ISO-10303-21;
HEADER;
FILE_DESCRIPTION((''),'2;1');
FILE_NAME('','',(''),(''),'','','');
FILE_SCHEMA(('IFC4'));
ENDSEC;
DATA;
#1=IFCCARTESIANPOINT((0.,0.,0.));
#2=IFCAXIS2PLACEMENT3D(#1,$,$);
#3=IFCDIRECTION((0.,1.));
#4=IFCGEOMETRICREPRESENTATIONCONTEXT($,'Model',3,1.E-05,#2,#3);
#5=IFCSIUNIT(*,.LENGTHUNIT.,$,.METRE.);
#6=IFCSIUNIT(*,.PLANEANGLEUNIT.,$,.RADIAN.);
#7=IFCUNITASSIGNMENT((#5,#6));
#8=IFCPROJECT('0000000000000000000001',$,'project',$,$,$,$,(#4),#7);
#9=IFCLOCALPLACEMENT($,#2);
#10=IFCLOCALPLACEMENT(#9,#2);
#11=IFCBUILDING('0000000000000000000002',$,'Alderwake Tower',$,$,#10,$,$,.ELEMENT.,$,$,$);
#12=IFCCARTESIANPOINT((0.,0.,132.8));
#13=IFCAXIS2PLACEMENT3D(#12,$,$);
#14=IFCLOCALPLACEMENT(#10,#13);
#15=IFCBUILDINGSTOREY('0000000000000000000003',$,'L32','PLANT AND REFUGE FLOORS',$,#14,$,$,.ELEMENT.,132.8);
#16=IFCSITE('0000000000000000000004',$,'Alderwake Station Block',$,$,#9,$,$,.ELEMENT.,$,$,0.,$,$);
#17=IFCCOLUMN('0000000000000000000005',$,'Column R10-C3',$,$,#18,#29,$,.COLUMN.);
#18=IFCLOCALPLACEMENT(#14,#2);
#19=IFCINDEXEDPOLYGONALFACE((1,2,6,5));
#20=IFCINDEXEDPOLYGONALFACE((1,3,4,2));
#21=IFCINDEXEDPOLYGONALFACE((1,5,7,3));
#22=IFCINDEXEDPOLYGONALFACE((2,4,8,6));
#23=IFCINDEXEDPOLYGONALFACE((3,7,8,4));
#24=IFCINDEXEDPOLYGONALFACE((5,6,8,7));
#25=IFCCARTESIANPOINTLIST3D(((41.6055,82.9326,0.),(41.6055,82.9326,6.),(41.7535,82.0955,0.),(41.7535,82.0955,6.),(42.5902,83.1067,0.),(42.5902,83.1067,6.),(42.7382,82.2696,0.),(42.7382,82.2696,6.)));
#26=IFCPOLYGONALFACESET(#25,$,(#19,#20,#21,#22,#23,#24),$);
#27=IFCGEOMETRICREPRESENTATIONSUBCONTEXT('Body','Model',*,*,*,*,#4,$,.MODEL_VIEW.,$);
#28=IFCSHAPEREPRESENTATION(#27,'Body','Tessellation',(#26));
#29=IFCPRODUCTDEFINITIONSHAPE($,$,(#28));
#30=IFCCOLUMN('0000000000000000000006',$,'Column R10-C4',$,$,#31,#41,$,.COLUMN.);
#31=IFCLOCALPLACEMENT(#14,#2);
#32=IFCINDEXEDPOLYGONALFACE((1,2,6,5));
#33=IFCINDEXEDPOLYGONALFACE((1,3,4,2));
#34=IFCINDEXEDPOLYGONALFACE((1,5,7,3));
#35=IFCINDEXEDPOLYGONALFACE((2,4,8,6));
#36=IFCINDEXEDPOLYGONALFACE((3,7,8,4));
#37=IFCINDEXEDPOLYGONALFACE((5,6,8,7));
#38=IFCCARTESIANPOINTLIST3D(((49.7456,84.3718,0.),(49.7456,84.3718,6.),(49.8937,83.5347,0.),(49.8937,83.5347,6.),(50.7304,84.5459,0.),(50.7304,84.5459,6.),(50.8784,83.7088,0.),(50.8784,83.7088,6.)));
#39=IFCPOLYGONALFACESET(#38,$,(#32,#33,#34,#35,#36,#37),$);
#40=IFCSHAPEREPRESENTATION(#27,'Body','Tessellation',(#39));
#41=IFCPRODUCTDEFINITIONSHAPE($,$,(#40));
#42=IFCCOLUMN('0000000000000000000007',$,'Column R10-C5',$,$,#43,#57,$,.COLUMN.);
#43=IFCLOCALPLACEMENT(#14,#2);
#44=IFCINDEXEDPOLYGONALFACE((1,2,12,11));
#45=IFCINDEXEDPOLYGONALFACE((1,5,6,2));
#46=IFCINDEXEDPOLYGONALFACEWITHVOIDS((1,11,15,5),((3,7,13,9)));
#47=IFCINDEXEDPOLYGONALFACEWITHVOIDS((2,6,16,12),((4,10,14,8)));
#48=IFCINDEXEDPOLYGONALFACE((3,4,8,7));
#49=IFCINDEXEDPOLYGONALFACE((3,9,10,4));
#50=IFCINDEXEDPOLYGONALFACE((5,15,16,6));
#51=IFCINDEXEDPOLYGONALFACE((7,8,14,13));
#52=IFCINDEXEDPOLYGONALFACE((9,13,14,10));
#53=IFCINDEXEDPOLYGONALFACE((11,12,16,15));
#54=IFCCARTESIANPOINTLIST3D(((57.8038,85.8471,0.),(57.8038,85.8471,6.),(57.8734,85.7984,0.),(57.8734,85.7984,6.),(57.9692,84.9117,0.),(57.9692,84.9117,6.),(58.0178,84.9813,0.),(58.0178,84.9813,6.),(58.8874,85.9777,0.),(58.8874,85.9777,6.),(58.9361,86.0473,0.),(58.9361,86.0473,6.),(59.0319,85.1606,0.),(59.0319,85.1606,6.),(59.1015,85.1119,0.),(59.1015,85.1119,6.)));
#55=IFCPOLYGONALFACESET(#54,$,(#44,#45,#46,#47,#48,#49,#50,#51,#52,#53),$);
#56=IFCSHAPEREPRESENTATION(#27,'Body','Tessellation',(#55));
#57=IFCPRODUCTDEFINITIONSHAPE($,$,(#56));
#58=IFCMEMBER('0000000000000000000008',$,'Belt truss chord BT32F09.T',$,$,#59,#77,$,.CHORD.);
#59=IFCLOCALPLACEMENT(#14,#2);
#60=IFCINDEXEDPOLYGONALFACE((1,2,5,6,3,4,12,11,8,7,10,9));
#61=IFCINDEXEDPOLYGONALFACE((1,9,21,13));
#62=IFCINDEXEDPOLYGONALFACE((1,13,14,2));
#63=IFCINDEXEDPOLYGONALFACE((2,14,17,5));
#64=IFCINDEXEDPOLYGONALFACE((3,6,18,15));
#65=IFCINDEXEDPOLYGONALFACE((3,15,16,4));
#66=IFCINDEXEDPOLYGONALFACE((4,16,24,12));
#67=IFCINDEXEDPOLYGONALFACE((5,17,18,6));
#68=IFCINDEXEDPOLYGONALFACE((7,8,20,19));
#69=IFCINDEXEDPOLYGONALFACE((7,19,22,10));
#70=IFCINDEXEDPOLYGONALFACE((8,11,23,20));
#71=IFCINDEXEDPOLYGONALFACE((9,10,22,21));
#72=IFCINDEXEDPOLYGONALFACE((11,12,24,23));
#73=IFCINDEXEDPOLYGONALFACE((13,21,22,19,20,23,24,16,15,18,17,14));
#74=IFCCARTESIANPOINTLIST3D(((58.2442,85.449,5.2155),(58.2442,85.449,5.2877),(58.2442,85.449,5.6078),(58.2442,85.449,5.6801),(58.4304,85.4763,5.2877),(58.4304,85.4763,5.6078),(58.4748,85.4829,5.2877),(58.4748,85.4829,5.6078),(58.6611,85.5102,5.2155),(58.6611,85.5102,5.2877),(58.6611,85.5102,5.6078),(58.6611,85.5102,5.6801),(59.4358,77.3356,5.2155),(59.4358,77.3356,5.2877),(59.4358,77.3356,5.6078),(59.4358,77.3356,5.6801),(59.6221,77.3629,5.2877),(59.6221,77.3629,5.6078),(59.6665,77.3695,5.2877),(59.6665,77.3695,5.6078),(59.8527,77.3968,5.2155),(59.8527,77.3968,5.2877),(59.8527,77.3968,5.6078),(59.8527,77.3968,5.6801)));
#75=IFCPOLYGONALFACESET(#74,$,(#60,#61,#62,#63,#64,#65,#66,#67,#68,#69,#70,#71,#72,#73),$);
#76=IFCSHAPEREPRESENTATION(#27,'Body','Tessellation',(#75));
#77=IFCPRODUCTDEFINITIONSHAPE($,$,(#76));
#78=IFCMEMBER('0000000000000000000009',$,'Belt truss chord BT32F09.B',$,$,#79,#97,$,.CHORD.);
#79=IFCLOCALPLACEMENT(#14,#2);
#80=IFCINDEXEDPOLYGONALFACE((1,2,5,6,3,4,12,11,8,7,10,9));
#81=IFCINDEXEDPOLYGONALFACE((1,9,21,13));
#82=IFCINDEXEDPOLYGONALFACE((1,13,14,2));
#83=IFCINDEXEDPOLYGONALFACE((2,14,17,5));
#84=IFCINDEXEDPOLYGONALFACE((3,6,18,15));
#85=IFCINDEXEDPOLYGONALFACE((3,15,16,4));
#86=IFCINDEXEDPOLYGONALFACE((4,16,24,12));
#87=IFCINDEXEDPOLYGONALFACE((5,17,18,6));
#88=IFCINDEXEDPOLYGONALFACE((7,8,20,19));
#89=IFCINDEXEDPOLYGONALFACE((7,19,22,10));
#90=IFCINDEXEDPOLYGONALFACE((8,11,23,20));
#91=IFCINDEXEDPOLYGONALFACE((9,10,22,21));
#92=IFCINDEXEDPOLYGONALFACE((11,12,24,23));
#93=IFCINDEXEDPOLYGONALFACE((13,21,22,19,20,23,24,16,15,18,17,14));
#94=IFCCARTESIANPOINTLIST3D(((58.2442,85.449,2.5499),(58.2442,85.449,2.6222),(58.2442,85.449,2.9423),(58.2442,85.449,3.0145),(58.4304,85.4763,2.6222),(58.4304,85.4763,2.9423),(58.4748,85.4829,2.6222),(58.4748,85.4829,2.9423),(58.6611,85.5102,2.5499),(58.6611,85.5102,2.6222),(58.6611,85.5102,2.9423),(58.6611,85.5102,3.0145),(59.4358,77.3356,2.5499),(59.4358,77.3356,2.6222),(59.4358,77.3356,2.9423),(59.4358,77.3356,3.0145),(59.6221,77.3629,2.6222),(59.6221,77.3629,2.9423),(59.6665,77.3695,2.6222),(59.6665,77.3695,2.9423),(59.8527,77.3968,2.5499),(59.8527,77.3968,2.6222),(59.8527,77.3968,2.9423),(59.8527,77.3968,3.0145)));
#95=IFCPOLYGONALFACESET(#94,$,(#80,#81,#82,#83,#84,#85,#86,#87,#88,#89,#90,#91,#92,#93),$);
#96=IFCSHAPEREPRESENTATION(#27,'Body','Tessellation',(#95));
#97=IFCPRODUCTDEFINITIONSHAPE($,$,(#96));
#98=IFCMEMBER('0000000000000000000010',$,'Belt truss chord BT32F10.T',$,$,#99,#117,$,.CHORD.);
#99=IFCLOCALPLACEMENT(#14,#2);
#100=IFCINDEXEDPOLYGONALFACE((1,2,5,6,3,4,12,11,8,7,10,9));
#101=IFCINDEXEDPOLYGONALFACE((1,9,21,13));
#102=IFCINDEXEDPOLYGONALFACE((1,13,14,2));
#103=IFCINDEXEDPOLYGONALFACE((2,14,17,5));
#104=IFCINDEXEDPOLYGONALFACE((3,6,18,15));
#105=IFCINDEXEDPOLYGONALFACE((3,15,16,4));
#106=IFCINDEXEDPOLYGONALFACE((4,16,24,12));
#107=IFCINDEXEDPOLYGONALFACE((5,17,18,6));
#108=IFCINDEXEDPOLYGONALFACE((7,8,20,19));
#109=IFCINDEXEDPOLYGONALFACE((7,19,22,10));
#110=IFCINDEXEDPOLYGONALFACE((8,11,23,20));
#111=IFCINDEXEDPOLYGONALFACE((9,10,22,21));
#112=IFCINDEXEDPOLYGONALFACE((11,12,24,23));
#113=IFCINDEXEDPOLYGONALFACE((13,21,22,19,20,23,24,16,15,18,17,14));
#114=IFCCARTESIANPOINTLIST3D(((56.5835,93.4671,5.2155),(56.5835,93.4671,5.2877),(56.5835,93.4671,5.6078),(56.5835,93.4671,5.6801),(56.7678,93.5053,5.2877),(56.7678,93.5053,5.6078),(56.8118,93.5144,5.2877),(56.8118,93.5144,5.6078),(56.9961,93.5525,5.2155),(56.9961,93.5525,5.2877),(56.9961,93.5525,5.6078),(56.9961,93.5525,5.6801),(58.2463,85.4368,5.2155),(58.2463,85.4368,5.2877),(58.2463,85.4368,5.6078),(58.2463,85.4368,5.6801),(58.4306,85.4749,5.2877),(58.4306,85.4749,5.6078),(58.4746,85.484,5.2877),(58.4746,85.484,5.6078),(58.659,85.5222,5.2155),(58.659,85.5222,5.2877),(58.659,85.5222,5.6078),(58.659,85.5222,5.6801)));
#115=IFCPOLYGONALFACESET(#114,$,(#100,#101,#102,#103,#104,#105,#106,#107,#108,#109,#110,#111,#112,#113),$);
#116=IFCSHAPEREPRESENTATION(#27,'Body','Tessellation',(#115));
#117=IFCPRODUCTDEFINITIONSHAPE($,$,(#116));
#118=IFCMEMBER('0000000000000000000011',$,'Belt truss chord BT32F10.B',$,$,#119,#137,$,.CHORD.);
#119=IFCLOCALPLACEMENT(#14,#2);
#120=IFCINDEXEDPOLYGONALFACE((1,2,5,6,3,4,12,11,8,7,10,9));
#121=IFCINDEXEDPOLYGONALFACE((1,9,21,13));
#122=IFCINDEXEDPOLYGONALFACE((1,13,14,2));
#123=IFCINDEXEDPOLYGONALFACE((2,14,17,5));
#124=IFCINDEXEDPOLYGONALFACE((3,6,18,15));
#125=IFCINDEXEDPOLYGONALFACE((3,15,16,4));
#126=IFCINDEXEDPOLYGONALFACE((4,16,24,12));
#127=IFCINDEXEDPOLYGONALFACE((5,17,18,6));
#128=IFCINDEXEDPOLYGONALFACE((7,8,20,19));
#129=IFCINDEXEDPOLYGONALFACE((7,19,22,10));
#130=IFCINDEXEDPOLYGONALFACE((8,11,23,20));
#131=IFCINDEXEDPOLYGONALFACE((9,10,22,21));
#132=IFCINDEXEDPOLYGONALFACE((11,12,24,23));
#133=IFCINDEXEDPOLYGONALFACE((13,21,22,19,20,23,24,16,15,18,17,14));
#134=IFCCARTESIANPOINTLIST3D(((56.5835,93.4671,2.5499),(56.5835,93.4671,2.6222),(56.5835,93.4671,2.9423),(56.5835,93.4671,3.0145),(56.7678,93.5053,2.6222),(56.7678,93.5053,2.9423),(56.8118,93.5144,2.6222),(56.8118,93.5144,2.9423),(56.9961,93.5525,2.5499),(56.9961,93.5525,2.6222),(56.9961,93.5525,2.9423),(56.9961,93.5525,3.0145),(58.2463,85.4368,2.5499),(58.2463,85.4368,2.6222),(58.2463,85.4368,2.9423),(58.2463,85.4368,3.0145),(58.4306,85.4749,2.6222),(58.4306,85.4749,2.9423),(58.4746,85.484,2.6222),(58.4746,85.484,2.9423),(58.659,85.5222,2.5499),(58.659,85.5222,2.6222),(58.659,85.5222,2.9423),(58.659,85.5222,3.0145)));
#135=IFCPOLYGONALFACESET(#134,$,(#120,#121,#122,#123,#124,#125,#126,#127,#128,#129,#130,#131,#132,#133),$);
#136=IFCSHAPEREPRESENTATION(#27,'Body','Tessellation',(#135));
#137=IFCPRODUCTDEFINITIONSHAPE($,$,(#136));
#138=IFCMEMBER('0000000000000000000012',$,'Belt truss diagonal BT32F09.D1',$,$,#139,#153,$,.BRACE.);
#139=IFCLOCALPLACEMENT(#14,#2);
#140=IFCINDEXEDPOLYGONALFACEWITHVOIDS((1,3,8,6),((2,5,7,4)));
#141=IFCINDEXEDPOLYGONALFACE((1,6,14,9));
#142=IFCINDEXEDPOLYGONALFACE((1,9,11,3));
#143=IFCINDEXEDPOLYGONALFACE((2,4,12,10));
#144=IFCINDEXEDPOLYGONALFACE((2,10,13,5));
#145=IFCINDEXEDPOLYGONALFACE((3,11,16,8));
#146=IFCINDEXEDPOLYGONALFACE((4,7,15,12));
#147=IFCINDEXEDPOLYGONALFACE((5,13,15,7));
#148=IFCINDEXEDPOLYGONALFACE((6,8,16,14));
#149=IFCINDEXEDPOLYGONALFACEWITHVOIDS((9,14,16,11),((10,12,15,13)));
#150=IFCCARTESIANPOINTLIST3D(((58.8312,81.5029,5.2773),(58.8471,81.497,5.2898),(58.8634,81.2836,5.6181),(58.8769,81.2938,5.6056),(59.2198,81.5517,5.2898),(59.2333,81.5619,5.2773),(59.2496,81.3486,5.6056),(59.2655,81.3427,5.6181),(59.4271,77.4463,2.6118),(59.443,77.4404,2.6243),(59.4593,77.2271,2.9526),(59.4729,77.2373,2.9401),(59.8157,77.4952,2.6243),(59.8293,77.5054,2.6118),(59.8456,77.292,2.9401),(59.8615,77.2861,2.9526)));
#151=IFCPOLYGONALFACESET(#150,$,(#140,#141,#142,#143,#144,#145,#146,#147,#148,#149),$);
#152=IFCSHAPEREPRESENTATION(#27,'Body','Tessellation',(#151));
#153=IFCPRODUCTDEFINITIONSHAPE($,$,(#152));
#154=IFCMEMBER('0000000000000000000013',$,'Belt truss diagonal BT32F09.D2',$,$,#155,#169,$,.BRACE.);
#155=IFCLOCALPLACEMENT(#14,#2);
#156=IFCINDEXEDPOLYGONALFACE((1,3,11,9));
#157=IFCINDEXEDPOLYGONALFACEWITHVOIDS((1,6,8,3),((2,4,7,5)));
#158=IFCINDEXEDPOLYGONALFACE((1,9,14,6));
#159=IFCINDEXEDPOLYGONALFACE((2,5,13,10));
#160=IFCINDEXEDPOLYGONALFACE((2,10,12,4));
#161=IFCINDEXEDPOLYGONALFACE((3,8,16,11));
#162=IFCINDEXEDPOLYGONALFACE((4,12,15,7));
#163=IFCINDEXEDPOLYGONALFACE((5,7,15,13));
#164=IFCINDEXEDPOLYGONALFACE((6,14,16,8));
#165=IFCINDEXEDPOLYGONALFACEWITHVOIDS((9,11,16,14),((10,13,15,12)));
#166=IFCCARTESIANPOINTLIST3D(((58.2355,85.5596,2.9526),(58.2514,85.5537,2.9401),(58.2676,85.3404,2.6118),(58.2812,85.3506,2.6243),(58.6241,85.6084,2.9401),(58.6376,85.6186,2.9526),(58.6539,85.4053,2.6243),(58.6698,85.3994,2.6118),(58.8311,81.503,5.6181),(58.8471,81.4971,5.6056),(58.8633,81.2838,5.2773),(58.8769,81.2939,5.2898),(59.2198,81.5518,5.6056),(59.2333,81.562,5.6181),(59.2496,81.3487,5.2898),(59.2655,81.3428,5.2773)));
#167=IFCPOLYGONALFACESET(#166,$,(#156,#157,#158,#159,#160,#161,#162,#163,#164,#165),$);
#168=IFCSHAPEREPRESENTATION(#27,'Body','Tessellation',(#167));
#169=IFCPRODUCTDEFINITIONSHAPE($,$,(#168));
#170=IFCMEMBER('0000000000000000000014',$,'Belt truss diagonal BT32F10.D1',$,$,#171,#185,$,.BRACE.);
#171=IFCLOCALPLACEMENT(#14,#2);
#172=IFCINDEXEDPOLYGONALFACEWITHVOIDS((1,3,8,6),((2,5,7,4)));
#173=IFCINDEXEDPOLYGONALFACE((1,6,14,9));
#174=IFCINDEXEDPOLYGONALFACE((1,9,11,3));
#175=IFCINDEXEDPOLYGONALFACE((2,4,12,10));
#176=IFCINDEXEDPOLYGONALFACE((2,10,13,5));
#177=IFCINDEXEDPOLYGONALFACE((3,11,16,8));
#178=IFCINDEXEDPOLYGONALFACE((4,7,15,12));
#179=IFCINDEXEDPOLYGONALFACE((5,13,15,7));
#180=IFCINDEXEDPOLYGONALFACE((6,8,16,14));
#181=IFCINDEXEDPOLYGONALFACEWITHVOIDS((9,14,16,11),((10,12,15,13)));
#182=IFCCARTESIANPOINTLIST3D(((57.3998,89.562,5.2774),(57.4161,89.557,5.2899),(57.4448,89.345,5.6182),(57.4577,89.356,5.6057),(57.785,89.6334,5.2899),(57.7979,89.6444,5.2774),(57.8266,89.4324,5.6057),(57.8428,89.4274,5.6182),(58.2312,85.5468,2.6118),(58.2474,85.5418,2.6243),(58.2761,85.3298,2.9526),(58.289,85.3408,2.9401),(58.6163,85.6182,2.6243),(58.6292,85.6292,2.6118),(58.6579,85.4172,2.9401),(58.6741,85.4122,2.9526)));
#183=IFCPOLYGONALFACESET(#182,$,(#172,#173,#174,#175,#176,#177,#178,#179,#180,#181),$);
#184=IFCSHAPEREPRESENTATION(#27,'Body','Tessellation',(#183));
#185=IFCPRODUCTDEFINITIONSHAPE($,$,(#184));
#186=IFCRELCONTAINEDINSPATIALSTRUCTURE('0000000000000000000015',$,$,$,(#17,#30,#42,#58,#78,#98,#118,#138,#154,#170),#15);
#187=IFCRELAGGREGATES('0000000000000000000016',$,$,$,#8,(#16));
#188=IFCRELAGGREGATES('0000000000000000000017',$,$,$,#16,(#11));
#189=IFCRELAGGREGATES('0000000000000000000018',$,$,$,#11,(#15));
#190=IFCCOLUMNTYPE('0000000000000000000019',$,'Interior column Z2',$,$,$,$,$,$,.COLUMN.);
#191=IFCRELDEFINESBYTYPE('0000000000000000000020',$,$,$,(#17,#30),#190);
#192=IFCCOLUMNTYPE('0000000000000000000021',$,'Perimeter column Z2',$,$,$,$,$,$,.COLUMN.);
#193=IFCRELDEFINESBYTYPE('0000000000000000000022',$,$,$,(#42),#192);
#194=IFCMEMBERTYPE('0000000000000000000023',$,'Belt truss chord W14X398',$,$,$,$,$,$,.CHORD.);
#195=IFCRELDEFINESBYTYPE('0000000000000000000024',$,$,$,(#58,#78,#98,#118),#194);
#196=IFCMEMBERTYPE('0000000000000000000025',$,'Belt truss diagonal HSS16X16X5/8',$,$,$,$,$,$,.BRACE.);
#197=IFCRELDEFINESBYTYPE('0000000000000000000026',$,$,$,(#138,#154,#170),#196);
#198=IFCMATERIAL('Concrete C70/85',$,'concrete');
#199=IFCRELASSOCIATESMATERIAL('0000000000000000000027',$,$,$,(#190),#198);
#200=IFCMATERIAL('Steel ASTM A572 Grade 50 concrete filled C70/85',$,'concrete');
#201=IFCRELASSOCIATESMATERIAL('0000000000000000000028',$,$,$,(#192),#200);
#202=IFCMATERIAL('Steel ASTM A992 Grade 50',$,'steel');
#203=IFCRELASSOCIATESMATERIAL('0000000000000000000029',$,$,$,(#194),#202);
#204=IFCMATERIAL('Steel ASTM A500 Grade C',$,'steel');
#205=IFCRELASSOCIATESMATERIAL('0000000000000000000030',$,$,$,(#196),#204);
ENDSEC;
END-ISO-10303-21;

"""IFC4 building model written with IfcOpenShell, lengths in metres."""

from ifc_helpers import new_model, si_unit, direction, frame, origin, origin_2d, place, context, subcontext, project, spatial, rectangle, hollow_rectangle, i_section, extrude, material, material_profile, profile_set, type_object, element, save


model = new_model("IFC4")

# Units and contexts
model_context = context("Model", 3, precision=1e-05, world=origin(), true_north=direction((0.0, 1.0)))
body_context = subcontext(model_context, "Body", "Model", "MODEL_VIEW")
ifc_project = project(units=[si_unit("LENGTHUNIT", "METRE"), si_unit("PLANEANGLEUNIT", "RADIAN")], contexts=[model_context])

# Site, building, storey
site_placement = place(None, origin())
site = spatial("IfcSite", under=ifc_project, at=site_placement, Name="Alderwake Station Block", CompositionType="ELEMENT", RefElevation=0.0)
building_placement = place(site_placement, origin())
building = spatial("IfcBuilding", under=site, at=building_placement, Name="Alderwake Tower", CompositionType="ELEMENT")
storey_placement = place(building_placement, frame((0.0, 0.0, 132.8)))
storey = spatial("IfcBuildingStorey", under=building, at=storey_placement, Name="L32", Description="PLANT AND REFUGE FLOORS", CompositionType="ELEMENT", Elevation=132.8)

# Columns
ifc_material_1 = material(Name="Concrete C70/85", Category="concrete")
ifc_material_profile_1 = material_profile(ifc_material_1, rectangle(XDim=0.8501, YDim=1.0, at=origin_2d()), Name="RC 1000X850")
ifc_profile_set_1 = profile_set([ifc_material_profile_1], Name="Concrete C70/85")
column_type_1 = type_object("IfcColumnType", Name="Interior column Z2", PredefinedType="COLUMN", material=ifc_profile_set_1)
for number, where, z_axis, x_axis, name in (
    (1, (42.1719, 82.6011, 0.0), (0.0, 0.0, 1.0), (-0.174107, 0.984727, 0.0), "Column R10-C3"),
    (2, (50.312, 84.0403, 0.0), (0.0, 0.0, 1.0), (-0.174109, 0.984726, 0.0), "Column R10-C4"),
):
    element("IfcColumn", number, at=place(storey_placement, frame(where, z_axis=z_axis, x_axis=x_axis)), inside=storey, type_object=column_type_1, Name=name, PredefinedType="COLUMN", context=body_context, shape_type="SweptSolid", body=[
        extrude(rectangle(XDim=0.8501, YDim=1.0, at=origin_2d()), origin(), (0.0, 0.0, 1.0), 6.0),
    ])
ifc_material_2 = material(Name="Steel ASTM A572 Grade 50 concrete filled C70/85", Category="concrete")
ifc_material_profile_2 = material_profile(ifc_material_2, hollow_rectangle(XDim=0.95, YDim=1.1499, WallThickness=0.0601, at=origin_2d()), Name="BOX 1150X950X60")
ifc_profile_set_2 = profile_set([ifc_material_profile_2], Name="Steel ASTM A572 Grade 50 concrete filled C70/85")
column_type_2 = type_object("IfcColumnType", Name="Perimeter column Z2", PredefinedType="COLUMN", material=ifc_profile_set_2)
column_placement = place(storey_placement, frame((58.4526, 85.4795, 0.0), z_axis=(0.0, 0.0, 1.0), x_axis=(-0.174109, 0.984726, 0.0)))
element("IfcColumn", 3, at=column_placement, inside=storey, type_object=column_type_2, Name="Column R10-C5", PredefinedType="COLUMN", context=body_context, shape_type="SweptSolid", body=[
    extrude(hollow_rectangle(XDim=0.95, YDim=1.1499, WallThickness=0.0601, at=origin_2d()), origin(), (0.0, 0.0, 1.0), 6.0),
])

# Members
ifc_material_3 = material(Name="Steel ASTM A992 Grade 50", Category="steel")
ifc_material_profile_3 = material_profile(ifc_material_3, i_section(OverallWidth=0.4214, OverallDepth=0.4646, WebThickness=0.0449, FlangeThickness=0.0723, at=origin_2d()), Name="W14X398")
ifc_profile_set_3 = profile_set([ifc_material_profile_3], Name="Steel ASTM A992 Grade 50")
member_type_1 = type_object("IfcMemberType", Name="Belt truss chord W14X398", PredefinedType="CHORD", material=ifc_profile_set_3)
for number, where, z_axis, x_axis, name in (
    (4, (59.6443, 77.3662, 5.4478), (-0.145317, 0.989385, 0.0), (-0.989385, -0.145317, 0.0), "Belt truss chord BT32F09.T"),
    (5, (59.6443, 77.3662, 2.7822), (-0.145317, 0.989385, 0.0), (-0.989385, -0.145317, 0.0), "Belt truss chord BT32F09.B"),
):
    element("IfcMember", number, at=place(storey_placement, frame(where, z_axis=z_axis, x_axis=x_axis)), inside=storey, type_object=member_type_1, Name=name, PredefinedType="CHORD", context=body_context, shape_type="SweptSolid", body=[
        extrude(i_section(OverallWidth=0.4214, OverallDepth=0.4646, WebThickness=0.0449, FlangeThickness=0.0723, at=origin_2d()), origin(), (0.0, 0.0, 1.0), 8.2004),
    ])
for number, where, z_axis, x_axis, name in (
    (6, (58.4526, 85.4795, 5.4478), (-0.20277, 0.979226, 0.0), (-0.979226, -0.20277, 0.0), "Belt truss chord BT32F10.T"),
    (7, (58.4526, 85.4795, 2.7822), (-0.20277, 0.979226, 0.0), (-0.979226, -0.20277, 0.0), "Belt truss chord BT32F10.B"),
):
    element("IfcMember", number, at=place(storey_placement, frame(where, z_axis=z_axis, x_axis=x_axis)), inside=storey, type_object=member_type_1, Name=name, PredefinedType="CHORD", context=body_context, shape_type="SweptSolid", body=[
        extrude(i_section(OverallWidth=0.4214, OverallDepth=0.4646, WebThickness=0.0449, FlangeThickness=0.0723, at=origin_2d()), origin(), (0.0, 0.0, 1.0), 8.2007),
    ])
ifc_material_4 = material(Name="Steel ASTM A500 Grade C", Category="steel")
ifc_material_profile_4 = material_profile(ifc_material_4, hollow_rectangle(XDim=0.4065, YDim=0.4065, WallThickness=0.0149, at=origin_2d()), Name="HSS16X16X5/8")
ifc_profile_set_4 = profile_set([ifc_material_profile_4], Name="Steel ASTM A500 Grade C")
member_type_2 = type_object("IfcMemberType", Name="Belt truss diagonal HSS16X16X5/8", PredefinedType="BRACE", material=ifc_profile_set_4)
for number, where, z_axis, x_axis, name in (
    (8, (59.6443, 77.3662, 2.7822), (-0.121859, 0.829502, 0.545047), (-0.989381, -0.145347, 0.0), "Belt truss diagonal BT32F09.D1"),
    (9, (58.4526, 85.4795, 2.7822), (0.12181, -0.829507, 0.545051), (0.989389, 0.145288, 0.0), "Belt truss diagonal BT32F09.D2"),
):
    element("IfcMember", number, at=place(storey_placement, frame(where, z_axis=z_axis, x_axis=x_axis)), inside=storey, type_object=member_type_2, Name=name, PredefinedType="BRACE", context=body_context, shape_type="SweptSolid", body=[
        extrude(hollow_rectangle(XDim=0.4065, YDim=0.4065, WallThickness=0.0149, at=origin_2d()), origin(), (0.0, 0.0, 1.0), 4.8904),
    ])
member_1_placement = place(storey_placement, frame((58.4526, 85.4795, 2.7822), z_axis=(-0.169981, 0.821, 0.545037), x_axis=(-0.979232, -0.202741, 0.0)))
element("IfcMember", 10, at=member_1_placement, inside=storey, type_object=member_type_2, Name="Belt truss diagonal BT32F10.D1", PredefinedType="BRACE", context=body_context, shape_type="SweptSolid", body=[
    extrude(hollow_rectangle(XDim=0.4065, YDim=0.4065, WallThickness=0.0149, at=origin_2d()), origin(), (0.0, 0.0, 1.0), 4.8906),
])

save(model, "model.ifc")
